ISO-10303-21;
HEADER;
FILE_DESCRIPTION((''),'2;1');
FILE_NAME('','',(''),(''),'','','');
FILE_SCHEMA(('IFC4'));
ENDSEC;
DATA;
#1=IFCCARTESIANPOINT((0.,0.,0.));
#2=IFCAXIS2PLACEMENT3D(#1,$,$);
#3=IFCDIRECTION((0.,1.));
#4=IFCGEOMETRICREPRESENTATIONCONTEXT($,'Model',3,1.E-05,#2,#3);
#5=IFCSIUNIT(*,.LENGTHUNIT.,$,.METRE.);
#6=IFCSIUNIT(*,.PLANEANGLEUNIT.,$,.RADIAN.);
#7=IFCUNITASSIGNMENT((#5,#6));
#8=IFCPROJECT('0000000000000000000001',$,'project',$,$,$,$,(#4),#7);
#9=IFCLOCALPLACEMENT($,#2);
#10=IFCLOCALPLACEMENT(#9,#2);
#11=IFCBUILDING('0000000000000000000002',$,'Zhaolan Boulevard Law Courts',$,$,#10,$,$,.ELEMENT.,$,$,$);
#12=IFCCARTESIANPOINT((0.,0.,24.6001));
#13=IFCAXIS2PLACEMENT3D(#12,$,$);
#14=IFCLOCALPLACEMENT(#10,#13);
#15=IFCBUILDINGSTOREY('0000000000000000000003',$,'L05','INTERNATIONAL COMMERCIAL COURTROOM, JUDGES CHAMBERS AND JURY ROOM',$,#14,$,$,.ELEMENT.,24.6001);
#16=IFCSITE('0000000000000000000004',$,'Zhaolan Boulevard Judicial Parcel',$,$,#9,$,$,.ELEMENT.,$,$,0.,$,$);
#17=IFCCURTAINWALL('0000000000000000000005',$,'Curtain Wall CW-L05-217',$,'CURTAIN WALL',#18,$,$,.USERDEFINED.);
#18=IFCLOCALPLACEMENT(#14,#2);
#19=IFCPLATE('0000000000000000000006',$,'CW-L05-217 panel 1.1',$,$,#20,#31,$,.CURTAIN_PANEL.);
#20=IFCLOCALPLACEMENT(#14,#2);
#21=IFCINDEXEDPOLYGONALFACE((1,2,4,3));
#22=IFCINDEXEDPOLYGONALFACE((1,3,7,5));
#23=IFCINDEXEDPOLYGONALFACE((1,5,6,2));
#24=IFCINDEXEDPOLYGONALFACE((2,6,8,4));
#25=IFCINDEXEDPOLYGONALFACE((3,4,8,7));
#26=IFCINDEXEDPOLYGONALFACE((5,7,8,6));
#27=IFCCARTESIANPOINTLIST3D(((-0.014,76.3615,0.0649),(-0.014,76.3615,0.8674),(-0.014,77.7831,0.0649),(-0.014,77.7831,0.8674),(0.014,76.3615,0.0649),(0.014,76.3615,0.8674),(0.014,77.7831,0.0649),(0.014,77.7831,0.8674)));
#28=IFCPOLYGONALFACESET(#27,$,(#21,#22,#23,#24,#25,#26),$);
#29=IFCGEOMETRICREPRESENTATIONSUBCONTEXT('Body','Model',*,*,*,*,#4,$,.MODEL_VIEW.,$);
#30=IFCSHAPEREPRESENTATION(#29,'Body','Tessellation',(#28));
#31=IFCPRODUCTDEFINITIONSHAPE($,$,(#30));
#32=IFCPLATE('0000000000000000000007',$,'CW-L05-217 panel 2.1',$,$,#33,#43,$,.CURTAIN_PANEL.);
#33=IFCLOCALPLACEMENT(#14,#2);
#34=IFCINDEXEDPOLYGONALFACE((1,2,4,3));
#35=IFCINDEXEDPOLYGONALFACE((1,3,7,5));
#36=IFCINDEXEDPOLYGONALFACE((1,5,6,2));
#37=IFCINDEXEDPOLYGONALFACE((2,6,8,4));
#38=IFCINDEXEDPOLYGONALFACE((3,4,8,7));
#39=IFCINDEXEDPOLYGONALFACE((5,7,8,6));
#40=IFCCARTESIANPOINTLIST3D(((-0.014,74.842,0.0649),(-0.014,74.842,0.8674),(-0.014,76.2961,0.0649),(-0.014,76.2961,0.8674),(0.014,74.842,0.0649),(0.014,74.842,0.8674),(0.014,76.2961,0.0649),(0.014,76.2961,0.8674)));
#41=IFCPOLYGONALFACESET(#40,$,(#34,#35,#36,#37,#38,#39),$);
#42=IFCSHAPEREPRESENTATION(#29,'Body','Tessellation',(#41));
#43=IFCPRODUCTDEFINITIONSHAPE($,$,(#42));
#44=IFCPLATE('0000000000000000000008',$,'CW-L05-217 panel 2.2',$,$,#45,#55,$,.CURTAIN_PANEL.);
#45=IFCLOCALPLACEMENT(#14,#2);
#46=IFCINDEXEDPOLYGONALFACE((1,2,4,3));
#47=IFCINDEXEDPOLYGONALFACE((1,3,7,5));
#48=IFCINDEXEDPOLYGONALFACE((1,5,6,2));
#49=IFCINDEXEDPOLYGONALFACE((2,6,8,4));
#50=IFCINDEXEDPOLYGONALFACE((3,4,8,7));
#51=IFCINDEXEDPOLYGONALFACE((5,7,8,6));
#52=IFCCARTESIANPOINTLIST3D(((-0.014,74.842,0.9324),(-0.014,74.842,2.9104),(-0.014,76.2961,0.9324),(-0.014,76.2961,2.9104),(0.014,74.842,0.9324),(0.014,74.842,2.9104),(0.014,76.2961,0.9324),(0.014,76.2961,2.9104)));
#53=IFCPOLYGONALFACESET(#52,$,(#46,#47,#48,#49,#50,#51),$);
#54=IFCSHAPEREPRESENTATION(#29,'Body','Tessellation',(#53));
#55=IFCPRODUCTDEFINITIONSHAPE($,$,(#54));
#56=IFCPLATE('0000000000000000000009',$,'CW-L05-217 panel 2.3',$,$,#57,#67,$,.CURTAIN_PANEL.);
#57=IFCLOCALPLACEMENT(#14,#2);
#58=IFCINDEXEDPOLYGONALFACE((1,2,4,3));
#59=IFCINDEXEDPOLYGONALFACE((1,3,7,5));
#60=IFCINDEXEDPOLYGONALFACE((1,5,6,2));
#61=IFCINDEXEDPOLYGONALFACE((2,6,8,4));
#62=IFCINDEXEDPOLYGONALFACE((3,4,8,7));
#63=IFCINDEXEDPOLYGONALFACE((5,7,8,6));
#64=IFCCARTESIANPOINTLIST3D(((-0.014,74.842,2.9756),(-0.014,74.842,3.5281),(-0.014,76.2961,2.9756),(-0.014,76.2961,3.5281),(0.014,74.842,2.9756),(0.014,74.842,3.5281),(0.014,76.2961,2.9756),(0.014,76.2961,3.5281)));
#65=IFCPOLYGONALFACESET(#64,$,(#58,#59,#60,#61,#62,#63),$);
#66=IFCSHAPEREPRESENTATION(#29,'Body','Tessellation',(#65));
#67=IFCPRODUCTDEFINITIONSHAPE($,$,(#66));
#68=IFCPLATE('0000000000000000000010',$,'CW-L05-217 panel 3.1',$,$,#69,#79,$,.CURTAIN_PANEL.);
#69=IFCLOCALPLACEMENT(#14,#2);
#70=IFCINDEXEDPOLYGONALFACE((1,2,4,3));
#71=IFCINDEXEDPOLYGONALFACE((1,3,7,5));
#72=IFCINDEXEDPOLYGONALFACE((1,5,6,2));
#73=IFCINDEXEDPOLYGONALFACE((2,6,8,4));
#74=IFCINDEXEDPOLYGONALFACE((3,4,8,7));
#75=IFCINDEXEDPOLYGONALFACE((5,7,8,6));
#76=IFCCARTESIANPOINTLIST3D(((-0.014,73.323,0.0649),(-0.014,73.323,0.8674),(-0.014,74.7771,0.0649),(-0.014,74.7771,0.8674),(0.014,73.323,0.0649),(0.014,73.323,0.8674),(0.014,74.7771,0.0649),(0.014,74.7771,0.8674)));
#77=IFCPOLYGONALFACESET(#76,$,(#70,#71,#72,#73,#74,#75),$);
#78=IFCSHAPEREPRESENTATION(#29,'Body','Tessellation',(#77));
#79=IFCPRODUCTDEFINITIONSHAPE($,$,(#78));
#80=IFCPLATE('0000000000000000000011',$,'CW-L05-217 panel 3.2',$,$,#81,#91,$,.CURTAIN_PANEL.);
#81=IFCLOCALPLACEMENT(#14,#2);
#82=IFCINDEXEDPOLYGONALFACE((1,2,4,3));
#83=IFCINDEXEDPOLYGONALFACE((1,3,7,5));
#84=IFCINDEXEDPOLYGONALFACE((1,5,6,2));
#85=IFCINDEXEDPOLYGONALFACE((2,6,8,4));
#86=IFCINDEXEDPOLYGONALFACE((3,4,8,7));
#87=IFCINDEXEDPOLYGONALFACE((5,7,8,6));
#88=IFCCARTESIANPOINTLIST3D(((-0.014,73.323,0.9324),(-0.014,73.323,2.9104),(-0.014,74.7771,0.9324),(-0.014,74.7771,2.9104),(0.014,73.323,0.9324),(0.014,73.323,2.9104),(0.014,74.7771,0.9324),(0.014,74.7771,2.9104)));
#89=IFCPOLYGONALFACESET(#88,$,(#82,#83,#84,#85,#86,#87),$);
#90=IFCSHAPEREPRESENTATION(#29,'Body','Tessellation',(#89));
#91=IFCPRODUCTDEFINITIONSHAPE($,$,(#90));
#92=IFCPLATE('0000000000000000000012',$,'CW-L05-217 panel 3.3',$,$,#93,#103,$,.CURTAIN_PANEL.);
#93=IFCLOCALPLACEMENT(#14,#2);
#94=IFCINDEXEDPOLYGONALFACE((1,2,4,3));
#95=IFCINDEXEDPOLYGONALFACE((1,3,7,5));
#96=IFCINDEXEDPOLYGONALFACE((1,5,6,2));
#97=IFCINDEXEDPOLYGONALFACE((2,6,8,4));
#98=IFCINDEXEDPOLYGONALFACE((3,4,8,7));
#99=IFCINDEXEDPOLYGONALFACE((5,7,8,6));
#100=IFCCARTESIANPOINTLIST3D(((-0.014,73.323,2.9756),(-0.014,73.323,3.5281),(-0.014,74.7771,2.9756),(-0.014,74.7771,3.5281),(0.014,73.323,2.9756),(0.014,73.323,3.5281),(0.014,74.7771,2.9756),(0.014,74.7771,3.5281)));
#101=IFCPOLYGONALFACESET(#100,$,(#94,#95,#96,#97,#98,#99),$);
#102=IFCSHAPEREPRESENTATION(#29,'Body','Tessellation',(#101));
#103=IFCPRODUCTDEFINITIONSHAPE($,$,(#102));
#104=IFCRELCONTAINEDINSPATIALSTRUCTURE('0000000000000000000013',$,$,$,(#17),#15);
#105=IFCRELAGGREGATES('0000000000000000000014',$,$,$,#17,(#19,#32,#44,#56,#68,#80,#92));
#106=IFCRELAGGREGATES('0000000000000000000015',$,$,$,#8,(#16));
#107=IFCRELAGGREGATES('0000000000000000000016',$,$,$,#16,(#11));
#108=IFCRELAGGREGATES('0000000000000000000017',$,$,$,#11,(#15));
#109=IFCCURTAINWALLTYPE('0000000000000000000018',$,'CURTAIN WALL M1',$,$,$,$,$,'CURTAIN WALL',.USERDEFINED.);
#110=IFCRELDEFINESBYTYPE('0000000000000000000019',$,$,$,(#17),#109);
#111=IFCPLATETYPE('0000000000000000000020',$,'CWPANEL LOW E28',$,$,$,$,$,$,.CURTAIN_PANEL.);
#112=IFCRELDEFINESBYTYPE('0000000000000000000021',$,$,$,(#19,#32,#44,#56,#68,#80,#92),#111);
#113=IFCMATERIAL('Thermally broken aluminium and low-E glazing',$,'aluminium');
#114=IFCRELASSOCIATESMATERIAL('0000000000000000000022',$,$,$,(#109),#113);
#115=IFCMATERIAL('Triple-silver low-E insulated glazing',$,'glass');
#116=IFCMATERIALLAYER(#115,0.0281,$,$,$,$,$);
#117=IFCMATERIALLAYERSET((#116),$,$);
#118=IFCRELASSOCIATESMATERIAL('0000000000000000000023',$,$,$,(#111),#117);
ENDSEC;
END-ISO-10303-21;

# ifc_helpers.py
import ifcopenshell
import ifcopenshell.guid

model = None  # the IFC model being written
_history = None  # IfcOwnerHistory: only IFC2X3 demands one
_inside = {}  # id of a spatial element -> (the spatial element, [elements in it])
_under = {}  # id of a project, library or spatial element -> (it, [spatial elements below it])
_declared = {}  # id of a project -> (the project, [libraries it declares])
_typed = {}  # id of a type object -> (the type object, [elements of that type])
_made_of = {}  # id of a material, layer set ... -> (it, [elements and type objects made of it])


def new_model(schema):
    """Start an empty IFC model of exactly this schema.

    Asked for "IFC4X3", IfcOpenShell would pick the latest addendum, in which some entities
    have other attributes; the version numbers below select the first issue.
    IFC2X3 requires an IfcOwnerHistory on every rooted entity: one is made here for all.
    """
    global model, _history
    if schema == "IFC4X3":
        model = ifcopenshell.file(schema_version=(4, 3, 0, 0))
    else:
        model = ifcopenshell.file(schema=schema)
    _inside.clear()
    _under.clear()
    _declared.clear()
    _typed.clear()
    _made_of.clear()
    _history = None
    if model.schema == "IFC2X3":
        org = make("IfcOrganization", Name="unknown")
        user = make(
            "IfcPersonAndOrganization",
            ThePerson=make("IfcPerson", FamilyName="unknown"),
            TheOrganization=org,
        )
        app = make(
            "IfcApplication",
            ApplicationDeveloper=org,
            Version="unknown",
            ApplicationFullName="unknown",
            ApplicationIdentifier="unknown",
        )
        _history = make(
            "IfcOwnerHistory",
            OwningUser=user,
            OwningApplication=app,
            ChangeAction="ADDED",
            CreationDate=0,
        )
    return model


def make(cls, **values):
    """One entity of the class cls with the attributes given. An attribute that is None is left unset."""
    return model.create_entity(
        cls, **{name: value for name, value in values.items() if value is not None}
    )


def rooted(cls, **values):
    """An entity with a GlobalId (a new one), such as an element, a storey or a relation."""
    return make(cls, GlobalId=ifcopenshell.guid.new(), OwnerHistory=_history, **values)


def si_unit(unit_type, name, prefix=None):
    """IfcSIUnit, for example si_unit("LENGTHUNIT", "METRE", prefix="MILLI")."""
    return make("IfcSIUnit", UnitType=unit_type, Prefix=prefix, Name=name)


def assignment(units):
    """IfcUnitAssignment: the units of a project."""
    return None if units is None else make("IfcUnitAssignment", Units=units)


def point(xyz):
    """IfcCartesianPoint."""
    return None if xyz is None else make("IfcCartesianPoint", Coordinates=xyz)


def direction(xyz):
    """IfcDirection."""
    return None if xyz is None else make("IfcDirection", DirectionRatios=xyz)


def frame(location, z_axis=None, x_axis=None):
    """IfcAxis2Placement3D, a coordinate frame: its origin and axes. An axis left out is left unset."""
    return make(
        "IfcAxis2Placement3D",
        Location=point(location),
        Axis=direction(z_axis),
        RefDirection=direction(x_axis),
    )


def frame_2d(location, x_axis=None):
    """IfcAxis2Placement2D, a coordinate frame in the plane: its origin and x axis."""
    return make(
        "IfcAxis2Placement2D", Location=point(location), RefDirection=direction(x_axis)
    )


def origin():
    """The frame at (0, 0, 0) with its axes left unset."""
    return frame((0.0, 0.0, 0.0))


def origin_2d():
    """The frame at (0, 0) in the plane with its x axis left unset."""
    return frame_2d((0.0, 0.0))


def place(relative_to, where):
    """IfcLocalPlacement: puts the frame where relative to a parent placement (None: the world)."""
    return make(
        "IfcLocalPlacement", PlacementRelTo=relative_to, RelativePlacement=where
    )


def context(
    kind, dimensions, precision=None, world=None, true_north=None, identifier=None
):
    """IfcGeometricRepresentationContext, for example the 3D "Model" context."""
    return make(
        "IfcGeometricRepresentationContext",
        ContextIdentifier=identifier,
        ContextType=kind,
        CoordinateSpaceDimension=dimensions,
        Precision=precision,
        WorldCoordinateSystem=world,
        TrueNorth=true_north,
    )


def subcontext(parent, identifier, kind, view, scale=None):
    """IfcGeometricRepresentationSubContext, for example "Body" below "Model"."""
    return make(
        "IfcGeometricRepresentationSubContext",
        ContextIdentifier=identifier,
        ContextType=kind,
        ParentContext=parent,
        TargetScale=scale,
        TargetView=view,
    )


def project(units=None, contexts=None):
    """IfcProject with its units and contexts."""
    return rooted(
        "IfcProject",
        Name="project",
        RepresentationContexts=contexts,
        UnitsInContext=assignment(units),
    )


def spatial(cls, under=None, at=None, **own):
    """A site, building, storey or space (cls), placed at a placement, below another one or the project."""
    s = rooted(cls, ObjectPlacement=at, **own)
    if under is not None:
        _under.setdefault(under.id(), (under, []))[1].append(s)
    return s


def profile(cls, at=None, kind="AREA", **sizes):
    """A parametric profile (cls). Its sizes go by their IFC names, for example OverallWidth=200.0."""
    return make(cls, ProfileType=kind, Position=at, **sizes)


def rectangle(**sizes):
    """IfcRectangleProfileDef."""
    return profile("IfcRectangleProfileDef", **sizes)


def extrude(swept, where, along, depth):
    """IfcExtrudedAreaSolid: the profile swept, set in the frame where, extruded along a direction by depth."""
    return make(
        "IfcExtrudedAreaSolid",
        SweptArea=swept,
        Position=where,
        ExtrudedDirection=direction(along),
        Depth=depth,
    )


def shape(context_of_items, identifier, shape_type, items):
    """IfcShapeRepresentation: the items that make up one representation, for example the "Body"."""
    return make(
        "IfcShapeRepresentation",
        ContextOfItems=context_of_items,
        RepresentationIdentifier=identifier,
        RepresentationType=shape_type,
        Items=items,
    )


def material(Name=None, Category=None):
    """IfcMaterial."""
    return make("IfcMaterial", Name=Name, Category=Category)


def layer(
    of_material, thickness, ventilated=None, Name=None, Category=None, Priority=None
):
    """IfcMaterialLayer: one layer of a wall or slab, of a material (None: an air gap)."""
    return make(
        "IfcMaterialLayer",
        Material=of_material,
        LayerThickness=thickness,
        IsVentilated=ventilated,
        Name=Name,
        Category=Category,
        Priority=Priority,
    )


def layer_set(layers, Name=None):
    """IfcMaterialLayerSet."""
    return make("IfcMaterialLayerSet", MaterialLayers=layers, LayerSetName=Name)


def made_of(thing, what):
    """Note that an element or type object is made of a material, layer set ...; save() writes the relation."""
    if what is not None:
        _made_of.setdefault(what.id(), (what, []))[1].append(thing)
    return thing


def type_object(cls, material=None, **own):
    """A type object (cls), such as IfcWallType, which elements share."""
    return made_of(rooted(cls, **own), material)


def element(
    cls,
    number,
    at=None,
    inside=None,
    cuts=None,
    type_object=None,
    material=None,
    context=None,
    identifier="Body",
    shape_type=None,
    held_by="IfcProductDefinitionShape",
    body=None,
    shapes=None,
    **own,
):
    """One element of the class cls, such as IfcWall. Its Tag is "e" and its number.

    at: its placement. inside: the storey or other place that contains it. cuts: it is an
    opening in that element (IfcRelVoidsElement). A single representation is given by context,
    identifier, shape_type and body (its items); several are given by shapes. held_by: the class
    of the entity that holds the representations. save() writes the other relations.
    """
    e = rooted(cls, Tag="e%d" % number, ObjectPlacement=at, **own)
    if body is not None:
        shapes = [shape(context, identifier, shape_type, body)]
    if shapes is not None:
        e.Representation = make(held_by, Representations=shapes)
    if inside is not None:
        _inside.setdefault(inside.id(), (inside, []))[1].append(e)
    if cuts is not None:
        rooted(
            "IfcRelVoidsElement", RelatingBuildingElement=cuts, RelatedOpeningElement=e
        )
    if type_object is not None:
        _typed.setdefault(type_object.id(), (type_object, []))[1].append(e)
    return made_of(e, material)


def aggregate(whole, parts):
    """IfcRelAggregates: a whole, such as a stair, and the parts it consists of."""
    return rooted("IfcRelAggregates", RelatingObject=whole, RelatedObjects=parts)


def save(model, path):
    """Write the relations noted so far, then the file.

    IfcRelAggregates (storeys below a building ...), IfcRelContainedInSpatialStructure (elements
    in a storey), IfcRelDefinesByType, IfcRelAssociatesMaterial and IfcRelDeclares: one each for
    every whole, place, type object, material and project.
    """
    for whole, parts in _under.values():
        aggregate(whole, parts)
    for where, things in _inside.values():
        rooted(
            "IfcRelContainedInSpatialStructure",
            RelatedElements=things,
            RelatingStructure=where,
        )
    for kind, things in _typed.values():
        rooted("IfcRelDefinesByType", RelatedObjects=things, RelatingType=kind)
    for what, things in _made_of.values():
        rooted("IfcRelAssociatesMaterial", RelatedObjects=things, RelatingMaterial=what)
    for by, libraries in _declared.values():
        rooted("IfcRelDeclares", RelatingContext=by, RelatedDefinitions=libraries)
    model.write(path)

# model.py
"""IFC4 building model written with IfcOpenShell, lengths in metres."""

from ifc_helpers import new_model, si_unit, direction, frame, origin, origin_2d, place, context, subcontext, project, spatial, rectangle, extrude, material, layer, layer_set, type_object, element, aggregate, save


model = new_model("IFC4")

# Units and contexts
model_context = context("Model", 3, precision=1e-05, world=origin(), true_north=direction((0.0, 1.0)))
body_context = subcontext(model_context, "Body", "Model", "MODEL_VIEW")
ifc_project = project(units=[si_unit("LENGTHUNIT", "METRE"), si_unit("PLANEANGLEUNIT", "RADIAN")], contexts=[model_context])

# Site, building, storey
site_placement = place(None, origin())
site = spatial("IfcSite", under=ifc_project, at=site_placement, Name="Zhaolan Boulevard Judicial Parcel", CompositionType="ELEMENT", RefElevation=0.0)
building_placement = place(site_placement, origin())
building = spatial("IfcBuilding", under=site, at=building_placement, Name="Zhaolan Boulevard Law Courts", CompositionType="ELEMENT")
storey_placement = place(building_placement, frame((0.0, 0.0, 24.6001)))
storey = spatial("IfcBuildingStorey", under=building, at=storey_placement, Name="L05", Description="INTERNATIONAL COMMERCIAL COURTROOM, JUDGES CHAMBERS AND JURY ROOM", CompositionType="ELEMENT", Elevation=24.6001)

# Curtain wall, plates
ifc_material_1 = material(Name="Thermally broken aluminium and low-E glazing", Category="aluminium")
curtain_wall_type = type_object("IfcCurtainWallType", Name="CURTAIN WALL M1", ElementType="CURTAIN WALL", PredefinedType="USERDEFINED", material=ifc_material_1)
curtain_wall_placement = place(storey_placement, origin())
curtain_wall = element("IfcCurtainWall", 1, at=curtain_wall_placement, inside=storey, type_object=curtain_wall_type, Name="Curtain Wall CW-L05-217", ObjectType="CURTAIN WALL", PredefinedType="USERDEFINED")
ifc_material_2 = material(Name="Triple-silver low-E insulated glazing", Category="glass")
ifc_layer = layer(ifc_material_2, 0.0281)
ifc_layer_set = layer_set([ifc_layer])
plate_type = type_object("IfcPlateType", Name="CWPANEL LOW E28", PredefinedType="CURTAIN_PANEL", material=ifc_layer_set)
plate_1_placement = place(storey_placement, frame((0.0, 77.0723, 0.0649), z_axis=(0.0, 0.0, 1.0), x_axis=(0.0, -1.0, 0.0)))
plate_1 = element("IfcPlate", 2, at=plate_1_placement, type_object=plate_type, Name="CW-L05-217 panel 1.1", PredefinedType="CURTAIN_PANEL", context=body_context, shape_type="SweptSolid", body=[
    extrude(rectangle(XDim=1.4216, YDim=0.0281, at=origin_2d()), origin(), (0.0, 0.0, 1.0), 0.8025),
])
plate_2_placement = place(storey_placement, frame((0.0, 75.5691, 0.0649), z_axis=(0.0, 0.0, 1.0), x_axis=(0.0, -1.0, 0.0)))
plate_2 = element("IfcPlate", 3, at=plate_2_placement, type_object=plate_type, Name="CW-L05-217 panel 2.1", PredefinedType="CURTAIN_PANEL", context=body_context, shape_type="SweptSolid", body=[
    extrude(rectangle(XDim=1.4541, YDim=0.0281, at=origin_2d()), origin(), (0.0, 0.0, 1.0), 0.8025),
])
plate_3_placement = place(storey_placement, frame((0.0, 75.5691, 0.9324), z_axis=(0.0, 0.0, 1.0), x_axis=(0.0, -1.0, 0.0)))
plate_3 = element("IfcPlate", 4, at=plate_3_placement, type_object=plate_type, Name="CW-L05-217 panel 2.2", PredefinedType="CURTAIN_PANEL", context=body_context, shape_type="SweptSolid", body=[
    extrude(rectangle(XDim=1.4541, YDim=0.0281, at=origin_2d()), origin(), (0.0, 0.0, 1.0), 1.978),
])
plate_4_placement = place(storey_placement, frame((0.0, 75.5691, 2.9756), z_axis=(0.0, 0.0, 1.0), x_axis=(0.0, -1.0, 0.0)))
plate_4 = element("IfcPlate", 5, at=plate_4_placement, type_object=plate_type, Name="CW-L05-217 panel 2.3", PredefinedType="CURTAIN_PANEL", context=body_context, shape_type="SweptSolid", body=[
    extrude(rectangle(XDim=1.4541, YDim=0.0281, at=origin_2d()), origin(), (0.0, 0.0, 1.0), 0.5525),
])
plate_5_placement = place(storey_placement, frame((0.0, 74.05, 0.0649), z_axis=(0.0, 0.0, 1.0), x_axis=(0.0, -1.0, 0.0)))
plate_5 = element("IfcPlate", 6, at=plate_5_placement, type_object=plate_type, Name="CW-L05-217 panel 3.1", PredefinedType="CURTAIN_PANEL", context=body_context, shape_type="SweptSolid", body=[
    extrude(rectangle(XDim=1.4541, YDim=0.0281, at=origin_2d()), origin(), (0.0, 0.0, 1.0), 0.8025),
])
plate_6_placement = place(storey_placement, frame((0.0, 74.05, 0.9324), z_axis=(0.0, 0.0, 1.0), x_axis=(0.0, -1.0, 0.0)))
plate_6 = element("IfcPlate", 7, at=plate_6_placement, type_object=plate_type, Name="CW-L05-217 panel 3.2", PredefinedType="CURTAIN_PANEL", context=body_context, shape_type="SweptSolid", body=[
    extrude(rectangle(XDim=1.4541, YDim=0.0281, at=origin_2d()), origin(), (0.0, 0.0, 1.0), 1.978),
])
plate_7_placement = place(storey_placement, frame((0.0, 74.05, 2.9756), z_axis=(0.0, 0.0, 1.0), x_axis=(0.0, -1.0, 0.0)))
plate_7 = element("IfcPlate", 8, at=plate_7_placement, type_object=plate_type, Name="CW-L05-217 panel 3.3", PredefinedType="CURTAIN_PANEL", context=body_context, shape_type="SweptSolid", body=[
    extrude(rectangle(XDim=1.4541, YDim=0.0281, at=origin_2d()), origin(), (0.0, 0.0, 1.0), 0.5525),
])
aggregate(curtain_wall, [plate_1, plate_2, plate_3, plate_4, plate_5, plate_6, plate_7])

save(model, "model.ifc")
